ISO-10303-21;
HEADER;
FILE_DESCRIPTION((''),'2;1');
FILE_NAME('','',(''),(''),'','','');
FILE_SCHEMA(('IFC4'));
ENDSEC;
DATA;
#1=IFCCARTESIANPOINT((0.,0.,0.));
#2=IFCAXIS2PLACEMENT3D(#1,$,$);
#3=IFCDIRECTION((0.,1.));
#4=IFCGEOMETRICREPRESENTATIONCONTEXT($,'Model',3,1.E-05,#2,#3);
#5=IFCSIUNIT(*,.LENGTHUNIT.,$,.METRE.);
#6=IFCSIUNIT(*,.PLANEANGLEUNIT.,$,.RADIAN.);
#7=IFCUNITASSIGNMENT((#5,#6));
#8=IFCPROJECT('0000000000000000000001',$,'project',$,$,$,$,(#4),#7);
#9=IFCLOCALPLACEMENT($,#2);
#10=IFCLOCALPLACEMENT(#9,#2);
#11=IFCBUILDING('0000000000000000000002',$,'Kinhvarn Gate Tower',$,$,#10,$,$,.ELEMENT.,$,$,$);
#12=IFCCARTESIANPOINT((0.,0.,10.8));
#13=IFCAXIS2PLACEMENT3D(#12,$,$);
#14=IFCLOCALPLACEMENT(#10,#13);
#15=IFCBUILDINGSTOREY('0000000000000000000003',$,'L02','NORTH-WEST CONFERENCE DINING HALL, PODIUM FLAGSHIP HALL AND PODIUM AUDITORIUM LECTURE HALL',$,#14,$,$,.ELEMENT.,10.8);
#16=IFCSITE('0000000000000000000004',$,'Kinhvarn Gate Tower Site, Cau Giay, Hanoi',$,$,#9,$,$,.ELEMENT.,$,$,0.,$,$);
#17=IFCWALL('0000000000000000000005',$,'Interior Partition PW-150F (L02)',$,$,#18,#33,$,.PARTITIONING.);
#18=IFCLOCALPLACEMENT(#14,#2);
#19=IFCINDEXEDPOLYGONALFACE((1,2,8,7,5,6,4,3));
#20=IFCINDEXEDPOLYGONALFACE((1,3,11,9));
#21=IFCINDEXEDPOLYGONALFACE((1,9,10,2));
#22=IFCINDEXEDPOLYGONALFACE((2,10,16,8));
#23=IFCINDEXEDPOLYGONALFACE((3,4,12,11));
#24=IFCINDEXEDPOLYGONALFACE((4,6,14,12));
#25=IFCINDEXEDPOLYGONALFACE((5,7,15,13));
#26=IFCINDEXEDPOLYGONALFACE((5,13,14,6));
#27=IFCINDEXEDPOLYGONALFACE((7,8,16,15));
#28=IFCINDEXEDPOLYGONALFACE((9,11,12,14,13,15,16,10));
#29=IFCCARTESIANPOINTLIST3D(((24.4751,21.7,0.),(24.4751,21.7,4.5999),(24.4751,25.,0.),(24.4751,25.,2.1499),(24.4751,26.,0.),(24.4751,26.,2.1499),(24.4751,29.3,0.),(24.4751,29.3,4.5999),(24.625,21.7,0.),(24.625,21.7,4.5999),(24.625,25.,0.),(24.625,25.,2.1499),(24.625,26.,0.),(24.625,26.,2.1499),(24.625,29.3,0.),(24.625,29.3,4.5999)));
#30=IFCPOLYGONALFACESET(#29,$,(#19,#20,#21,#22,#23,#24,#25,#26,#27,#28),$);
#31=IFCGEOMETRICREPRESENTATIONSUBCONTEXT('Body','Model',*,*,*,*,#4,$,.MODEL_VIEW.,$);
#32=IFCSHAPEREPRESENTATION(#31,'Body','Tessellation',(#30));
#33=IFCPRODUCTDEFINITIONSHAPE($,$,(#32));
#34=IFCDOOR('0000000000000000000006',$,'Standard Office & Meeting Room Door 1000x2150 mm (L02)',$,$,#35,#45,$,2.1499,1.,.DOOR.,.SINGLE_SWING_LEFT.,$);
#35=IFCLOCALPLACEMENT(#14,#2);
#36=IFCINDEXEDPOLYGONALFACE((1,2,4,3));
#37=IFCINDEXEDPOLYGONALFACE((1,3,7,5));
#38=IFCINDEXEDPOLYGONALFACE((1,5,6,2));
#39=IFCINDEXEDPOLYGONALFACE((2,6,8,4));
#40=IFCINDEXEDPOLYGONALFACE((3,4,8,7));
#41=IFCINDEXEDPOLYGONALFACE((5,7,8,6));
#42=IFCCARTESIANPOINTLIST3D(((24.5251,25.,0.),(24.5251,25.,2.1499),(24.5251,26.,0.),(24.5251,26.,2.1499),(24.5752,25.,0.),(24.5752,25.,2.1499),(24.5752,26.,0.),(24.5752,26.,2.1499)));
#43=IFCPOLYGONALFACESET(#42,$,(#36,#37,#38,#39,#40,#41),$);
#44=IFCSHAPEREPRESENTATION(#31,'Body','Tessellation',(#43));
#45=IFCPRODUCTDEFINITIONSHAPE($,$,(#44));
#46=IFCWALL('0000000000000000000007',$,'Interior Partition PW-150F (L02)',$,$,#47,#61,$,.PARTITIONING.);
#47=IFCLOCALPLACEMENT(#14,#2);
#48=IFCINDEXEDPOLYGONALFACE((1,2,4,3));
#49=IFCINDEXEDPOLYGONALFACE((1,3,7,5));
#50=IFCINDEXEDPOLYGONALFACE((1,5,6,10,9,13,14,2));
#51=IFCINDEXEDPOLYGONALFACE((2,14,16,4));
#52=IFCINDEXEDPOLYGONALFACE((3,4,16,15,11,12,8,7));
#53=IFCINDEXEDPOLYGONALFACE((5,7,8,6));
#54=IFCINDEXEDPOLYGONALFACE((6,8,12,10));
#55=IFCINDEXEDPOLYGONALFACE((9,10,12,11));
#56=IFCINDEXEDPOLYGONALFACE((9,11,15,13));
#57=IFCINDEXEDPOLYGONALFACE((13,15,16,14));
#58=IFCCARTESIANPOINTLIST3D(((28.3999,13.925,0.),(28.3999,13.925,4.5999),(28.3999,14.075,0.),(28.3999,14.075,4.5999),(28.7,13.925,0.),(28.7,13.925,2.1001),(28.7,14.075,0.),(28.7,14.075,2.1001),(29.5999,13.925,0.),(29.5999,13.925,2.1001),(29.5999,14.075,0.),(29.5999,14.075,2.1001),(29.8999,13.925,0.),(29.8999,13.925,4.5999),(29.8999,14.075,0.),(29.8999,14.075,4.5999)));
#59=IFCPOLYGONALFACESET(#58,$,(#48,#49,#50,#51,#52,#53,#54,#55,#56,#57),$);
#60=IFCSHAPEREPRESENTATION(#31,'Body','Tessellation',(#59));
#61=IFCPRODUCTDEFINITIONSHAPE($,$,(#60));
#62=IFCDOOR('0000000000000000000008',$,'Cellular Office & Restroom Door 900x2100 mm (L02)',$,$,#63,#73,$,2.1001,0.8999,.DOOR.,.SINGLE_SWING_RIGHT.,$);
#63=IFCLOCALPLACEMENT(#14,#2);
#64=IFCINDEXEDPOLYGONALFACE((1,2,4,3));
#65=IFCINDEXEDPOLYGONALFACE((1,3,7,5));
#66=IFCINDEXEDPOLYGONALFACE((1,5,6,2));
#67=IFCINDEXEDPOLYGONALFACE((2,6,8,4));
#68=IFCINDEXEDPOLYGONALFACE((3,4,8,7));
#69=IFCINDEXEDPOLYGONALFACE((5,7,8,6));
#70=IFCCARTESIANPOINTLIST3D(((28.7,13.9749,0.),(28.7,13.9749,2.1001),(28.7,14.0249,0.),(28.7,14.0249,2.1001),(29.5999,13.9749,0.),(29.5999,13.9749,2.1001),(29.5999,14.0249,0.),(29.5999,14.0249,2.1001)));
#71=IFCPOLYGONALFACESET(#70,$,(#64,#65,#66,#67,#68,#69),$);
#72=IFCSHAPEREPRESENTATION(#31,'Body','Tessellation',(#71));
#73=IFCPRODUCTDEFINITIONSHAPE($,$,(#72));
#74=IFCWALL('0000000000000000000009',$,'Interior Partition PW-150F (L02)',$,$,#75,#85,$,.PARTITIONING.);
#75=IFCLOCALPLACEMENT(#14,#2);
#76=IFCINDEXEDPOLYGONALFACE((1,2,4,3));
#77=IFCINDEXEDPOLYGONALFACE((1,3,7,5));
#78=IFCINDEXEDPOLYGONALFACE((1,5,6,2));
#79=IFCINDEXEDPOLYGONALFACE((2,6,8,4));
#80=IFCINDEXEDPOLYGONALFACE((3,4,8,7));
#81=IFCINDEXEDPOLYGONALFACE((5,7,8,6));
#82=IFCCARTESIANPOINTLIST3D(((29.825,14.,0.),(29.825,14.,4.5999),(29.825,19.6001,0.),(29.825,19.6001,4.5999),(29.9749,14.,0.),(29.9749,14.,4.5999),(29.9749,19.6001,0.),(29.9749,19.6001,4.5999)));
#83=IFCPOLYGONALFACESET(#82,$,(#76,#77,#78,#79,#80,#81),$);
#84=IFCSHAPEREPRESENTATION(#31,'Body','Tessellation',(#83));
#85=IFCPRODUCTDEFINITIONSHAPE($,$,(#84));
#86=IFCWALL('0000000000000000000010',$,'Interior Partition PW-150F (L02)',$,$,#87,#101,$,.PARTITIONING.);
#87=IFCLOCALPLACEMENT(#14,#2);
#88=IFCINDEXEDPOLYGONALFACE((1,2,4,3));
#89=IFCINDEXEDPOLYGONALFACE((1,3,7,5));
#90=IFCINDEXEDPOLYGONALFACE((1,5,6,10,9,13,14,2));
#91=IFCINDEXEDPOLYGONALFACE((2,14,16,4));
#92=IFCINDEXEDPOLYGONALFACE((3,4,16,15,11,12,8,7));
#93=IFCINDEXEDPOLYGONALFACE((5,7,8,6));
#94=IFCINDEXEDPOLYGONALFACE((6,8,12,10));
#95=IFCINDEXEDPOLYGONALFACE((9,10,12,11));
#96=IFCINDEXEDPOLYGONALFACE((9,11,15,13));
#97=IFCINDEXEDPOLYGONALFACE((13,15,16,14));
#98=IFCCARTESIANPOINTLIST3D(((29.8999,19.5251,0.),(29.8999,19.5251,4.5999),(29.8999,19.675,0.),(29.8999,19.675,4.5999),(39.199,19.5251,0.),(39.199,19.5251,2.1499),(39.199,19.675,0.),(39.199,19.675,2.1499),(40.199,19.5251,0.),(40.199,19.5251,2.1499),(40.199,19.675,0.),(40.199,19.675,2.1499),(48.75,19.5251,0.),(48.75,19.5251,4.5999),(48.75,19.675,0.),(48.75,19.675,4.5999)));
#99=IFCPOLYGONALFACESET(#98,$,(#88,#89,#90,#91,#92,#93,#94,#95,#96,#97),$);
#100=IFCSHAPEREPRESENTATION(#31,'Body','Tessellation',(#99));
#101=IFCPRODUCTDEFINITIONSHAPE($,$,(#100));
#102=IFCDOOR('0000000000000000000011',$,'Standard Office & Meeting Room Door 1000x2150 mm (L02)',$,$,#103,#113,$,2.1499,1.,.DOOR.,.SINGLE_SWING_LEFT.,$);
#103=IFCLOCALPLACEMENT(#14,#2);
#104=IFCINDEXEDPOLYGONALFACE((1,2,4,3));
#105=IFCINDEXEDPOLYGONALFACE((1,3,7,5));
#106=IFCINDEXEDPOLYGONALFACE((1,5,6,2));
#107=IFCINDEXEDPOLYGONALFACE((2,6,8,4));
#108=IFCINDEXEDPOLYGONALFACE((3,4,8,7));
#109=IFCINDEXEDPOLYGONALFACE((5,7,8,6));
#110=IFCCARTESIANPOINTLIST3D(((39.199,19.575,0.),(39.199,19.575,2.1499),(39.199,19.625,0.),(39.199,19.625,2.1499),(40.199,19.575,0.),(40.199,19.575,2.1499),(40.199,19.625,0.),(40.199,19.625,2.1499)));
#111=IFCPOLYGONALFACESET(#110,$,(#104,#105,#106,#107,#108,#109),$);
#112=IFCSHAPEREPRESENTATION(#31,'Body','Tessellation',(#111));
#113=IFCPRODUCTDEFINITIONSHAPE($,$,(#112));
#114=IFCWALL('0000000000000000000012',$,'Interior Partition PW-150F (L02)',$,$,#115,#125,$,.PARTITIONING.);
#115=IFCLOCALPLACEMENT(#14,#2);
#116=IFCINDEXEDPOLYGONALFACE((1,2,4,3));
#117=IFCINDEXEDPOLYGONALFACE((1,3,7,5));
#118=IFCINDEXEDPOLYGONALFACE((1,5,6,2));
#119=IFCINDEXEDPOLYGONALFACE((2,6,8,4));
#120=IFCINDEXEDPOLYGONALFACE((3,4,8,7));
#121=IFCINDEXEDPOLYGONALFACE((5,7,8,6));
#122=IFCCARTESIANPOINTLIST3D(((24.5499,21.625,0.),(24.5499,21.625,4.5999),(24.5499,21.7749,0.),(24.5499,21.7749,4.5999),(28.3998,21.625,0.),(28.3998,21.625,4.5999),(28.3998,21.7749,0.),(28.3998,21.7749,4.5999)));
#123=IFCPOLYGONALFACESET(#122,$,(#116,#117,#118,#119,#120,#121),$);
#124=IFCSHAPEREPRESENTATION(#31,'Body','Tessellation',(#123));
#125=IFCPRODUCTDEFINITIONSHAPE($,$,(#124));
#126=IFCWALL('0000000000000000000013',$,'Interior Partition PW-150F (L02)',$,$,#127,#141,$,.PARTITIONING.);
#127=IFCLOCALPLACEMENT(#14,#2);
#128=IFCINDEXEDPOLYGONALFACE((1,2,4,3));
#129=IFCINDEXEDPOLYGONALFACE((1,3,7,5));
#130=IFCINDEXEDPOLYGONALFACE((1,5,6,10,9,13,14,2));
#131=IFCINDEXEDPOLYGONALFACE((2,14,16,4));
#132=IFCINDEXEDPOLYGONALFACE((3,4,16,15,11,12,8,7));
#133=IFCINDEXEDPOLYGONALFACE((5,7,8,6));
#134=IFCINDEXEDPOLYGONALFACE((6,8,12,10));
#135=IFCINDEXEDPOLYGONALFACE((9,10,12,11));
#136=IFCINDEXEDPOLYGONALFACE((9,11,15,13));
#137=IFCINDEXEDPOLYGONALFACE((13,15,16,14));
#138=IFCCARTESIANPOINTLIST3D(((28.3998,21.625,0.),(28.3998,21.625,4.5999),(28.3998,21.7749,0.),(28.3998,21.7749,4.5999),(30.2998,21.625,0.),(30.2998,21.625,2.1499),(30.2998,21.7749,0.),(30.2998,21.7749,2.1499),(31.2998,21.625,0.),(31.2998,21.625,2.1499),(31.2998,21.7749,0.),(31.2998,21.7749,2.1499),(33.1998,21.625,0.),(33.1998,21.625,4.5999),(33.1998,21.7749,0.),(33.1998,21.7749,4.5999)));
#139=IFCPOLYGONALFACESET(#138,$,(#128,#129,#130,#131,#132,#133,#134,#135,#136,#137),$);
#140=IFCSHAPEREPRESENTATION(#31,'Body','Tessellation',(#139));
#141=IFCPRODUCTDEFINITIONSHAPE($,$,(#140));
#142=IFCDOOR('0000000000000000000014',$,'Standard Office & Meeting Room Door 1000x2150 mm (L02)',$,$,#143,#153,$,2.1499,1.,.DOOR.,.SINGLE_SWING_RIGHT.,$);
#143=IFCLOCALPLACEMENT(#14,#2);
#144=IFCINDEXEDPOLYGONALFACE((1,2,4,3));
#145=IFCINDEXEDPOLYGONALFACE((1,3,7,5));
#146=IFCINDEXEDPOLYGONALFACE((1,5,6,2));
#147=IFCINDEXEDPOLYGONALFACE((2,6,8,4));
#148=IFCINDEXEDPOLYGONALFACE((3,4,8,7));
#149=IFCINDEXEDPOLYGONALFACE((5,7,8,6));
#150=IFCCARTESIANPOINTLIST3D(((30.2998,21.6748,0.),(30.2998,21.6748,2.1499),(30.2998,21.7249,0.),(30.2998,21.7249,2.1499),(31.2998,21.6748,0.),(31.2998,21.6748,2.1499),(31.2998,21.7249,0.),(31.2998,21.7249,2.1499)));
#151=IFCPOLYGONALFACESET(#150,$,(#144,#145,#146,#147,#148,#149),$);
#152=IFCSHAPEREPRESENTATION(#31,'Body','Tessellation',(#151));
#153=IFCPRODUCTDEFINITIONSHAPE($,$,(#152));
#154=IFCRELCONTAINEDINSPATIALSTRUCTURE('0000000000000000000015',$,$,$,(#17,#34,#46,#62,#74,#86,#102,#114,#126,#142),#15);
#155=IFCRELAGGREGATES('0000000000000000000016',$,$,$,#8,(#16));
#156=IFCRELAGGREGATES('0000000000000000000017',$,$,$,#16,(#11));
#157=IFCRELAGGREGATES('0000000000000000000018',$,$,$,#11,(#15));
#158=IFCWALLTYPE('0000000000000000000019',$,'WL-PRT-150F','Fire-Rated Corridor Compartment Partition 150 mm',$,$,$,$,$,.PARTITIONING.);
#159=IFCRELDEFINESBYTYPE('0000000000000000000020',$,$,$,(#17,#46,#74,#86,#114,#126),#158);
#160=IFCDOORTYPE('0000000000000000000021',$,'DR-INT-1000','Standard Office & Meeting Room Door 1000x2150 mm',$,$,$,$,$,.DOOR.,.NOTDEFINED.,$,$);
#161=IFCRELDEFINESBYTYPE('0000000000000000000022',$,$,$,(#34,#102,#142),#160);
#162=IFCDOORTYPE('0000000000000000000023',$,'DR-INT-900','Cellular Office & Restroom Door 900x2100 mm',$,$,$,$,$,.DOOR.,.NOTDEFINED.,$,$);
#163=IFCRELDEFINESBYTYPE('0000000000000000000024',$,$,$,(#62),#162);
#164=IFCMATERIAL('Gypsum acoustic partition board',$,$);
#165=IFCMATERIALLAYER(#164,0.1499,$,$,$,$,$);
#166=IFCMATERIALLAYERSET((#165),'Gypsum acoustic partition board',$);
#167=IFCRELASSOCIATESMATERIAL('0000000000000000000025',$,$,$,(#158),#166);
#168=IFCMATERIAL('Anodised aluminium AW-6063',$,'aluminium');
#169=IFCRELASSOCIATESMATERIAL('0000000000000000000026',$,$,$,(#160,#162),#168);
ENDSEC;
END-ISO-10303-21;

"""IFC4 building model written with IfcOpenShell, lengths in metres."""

from ifc_helpers import new_model, si_unit, direction, frame, frame_2d, origin, place, context, subcontext, project, spatial, rectangle, extrude, material, layer, layer_set, type_object, element, fill, save


model = new_model("IFC4")

# Units and contexts
model_context = context("Model", 3, precision=1e-05, world=origin(), true_north=direction((0.0, 1.0)))
body_context = subcontext(model_context, "Body", "Model", "MODEL_VIEW")
ifc_project = project(units=[si_unit("LENGTHUNIT", "METRE"), si_unit("PLANEANGLEUNIT", "RADIAN")], contexts=[model_context])

# Site, building, storey
site_placement = place(None, origin())
site = spatial("IfcSite", under=ifc_project, at=site_placement, Name="Kinhvarn Gate Tower Site, Cau Giay, Hanoi", CompositionType="ELEMENT", RefElevation=0.0)
building_placement = place(site_placement, origin())
building = spatial("IfcBuilding", under=site, at=building_placement, Name="Kinhvarn Gate Tower", CompositionType="ELEMENT")
storey_placement = place(building_placement, frame((0.0, 0.0, 10.8)))
storey = spatial("IfcBuildingStorey", under=building, at=storey_placement, Name="L02", Description="NORTH-WEST CONFERENCE DINING HALL, PODIUM FLAGSHIP HALL AND PODIUM AUDITORIUM LECTURE HALL", CompositionType="ELEMENT", Elevation=10.8)

# Shared definitions
ifc_material_1 = material(Name="Anodised aluminium AW-6063", Category="aluminium")

# Shared definitions
ifc_material_2 = material(Name="Gypsum acoustic partition board")

# Walls, openings, doors
ifc_layer_1 = layer(ifc_material_2, 0.1499)
ifc_layer_set_1 = layer_set([ifc_layer_1], Name="Gypsum acoustic partition board")
wall_type_1 = type_object("IfcWallType", Name="WL-PRT-150F", Description="Fire-Rated Corridor Compartment Partition 150 mm", PredefinedType="PARTITIONING", material=ifc_layer_set_1)
wall_1_placement = place(storey_placement, frame((24.55, 21.7, 0.0), z_axis=(0.0, 0.0, 1.0), x_axis=(0.0, 1.0, 0.0)))
wall_1 = element("IfcWall", 1, at=wall_1_placement, inside=storey, type_object=wall_type_1, Name="Interior Partition PW-150F (L02)", PredefinedType="PARTITIONING", context=body_context, shape_type="SweptSolid", body=[
    extrude(rectangle(XDim=7.6001, YDim=0.1499, at=frame_2d((3.8, 0.0))), origin(), (0.0, 0.0, 1.0), 4.5999),
])
opening_1_placement = place(wall_1_placement, frame((3.3, 0.0, 0.0)))
opening_1 = element("IfcOpeningElement", 2, at=opening_1_placement, cuts=wall_1, PredefinedType="OPENING", context=body_context, shape_type="SweptSolid", body=[
    extrude(rectangle(XDim=1.0, YDim=2.1499, at=frame_2d((0.5, 1.075))), frame((0.0, 0.085, 0.0), z_axis=(0.0, -1.0, 0.0), x_axis=(1.0, 0.0, 0.0)), (0.0, 0.0, 1.0), 0.1699),
])
door_type_1 = type_object("IfcDoorType", Name="DR-INT-1000", Description="Standard Office & Meeting Room Door 1000x2150 mm", OperationType="NOTDEFINED", PredefinedType="DOOR", material=ifc_material_1)
door_1_placement = place(opening_1_placement, origin())
door_1 = element("IfcDoor", 3, at=door_1_placement, inside=storey, type_object=door_type_1, Name="Standard Office & Meeting Room Door 1000x2150 mm (L02)", OperationType="SINGLE_SWING_LEFT", OverallHeight=2.1499, OverallWidth=1.0, PredefinedType="DOOR", context=body_context, shape_type="SweptSolid", body=[
    extrude(rectangle(XDim=1.0, YDim=2.1499, at=frame_2d((0.5, 1.075))), frame((0.0, 0.0249, 0.0), z_axis=(0.0, -1.0, 0.0), x_axis=(1.0, 0.0, 0.0)), (0.0, 0.0, 1.0), 0.05),
])
fill(opening_1, door_1)
wall_2_placement = place(storey_placement, frame((28.3999, 14.0, 0.0), z_axis=(0.0, 0.0, 1.0), x_axis=(1.0, 0.0, 0.0)))
wall_2 = element("IfcWall", 4, at=wall_2_placement, inside=storey, type_object=wall_type_1, Name="Interior Partition PW-150F (L02)", PredefinedType="PARTITIONING", context=body_context, shape_type="SweptSolid", body=[
    extrude(rectangle(XDim=1.5, YDim=0.1499, at=frame_2d((0.75, 0.0))), origin(), (0.0, 0.0, 1.0), 4.5999),
])
opening_2_placement = place(wall_2_placement, frame((0.3, 0.0, 0.0)))
opening_2 = element("IfcOpeningElement", 5, at=opening_2_placement, cuts=wall_2, PredefinedType="OPENING", context=body_context, shape_type="SweptSolid", body=[
    extrude(rectangle(XDim=0.8999, YDim=2.1001, at=frame_2d((0.45, 1.05))), frame((0.0, 0.085, 0.0), z_axis=(0.0, -1.0, 0.0), x_axis=(1.0, 0.0, 0.0)), (0.0, 0.0, 1.0), 0.1699),
])
door_type_2 = type_object("IfcDoorType", Name="DR-INT-900", Description="Cellular Office & Restroom Door 900x2100 mm", OperationType="NOTDEFINED", PredefinedType="DOOR", material=ifc_material_1)
door_2_placement = place(opening_2_placement, origin())
door_2 = element("IfcDoor", 6, at=door_2_placement, inside=storey, type_object=door_type_2, Name="Cellular Office & Restroom Door 900x2100 mm (L02)", OperationType="SINGLE_SWING_RIGHT", OverallHeight=2.1001, OverallWidth=0.8999, PredefinedType="DOOR", context=body_context, shape_type="SweptSolid", body=[
    extrude(rectangle(XDim=0.8999, YDim=2.1001, at=frame_2d((0.45, 1.05))), frame((0.0, 0.0249, 0.0), z_axis=(0.0, -1.0, 0.0), x_axis=(1.0, 0.0, 0.0)), (0.0, 0.0, 1.0), 0.05),
])
fill(opening_2, door_2)

# Wall
wall_3_placement = place(storey_placement, frame((29.8999, 14.0, 0.0), z_axis=(0.0, 0.0, 1.0), x_axis=(0.0, 1.0, 0.0)))
element("IfcWall", 7, at=wall_3_placement, inside=storey, type_object=wall_type_1, Name="Interior Partition PW-150F (L02)", PredefinedType="PARTITIONING", context=body_context, shape_type="SweptSolid", body=[
    extrude(rectangle(XDim=5.6001, YDim=0.1499, at=frame_2d((2.8, 0.0))), origin(), (0.0, 0.0, 1.0), 4.5999),
])

# Wall, opening, door
wall_4_placement = place(storey_placement, frame((29.8999, 19.6001, 0.0), z_axis=(0.0, 0.0, 1.0), x_axis=(1.0, 0.0, 0.0)))
wall_4 = element("IfcWall", 8, at=wall_4_placement, inside=storey, type_object=wall_type_1, Name="Interior Partition PW-150F (L02)", PredefinedType="PARTITIONING", context=body_context, shape_type="SweptSolid", body=[
    extrude(rectangle(XDim=18.8501, YDim=0.1499, at=frame_2d((9.425, 0.0))), origin(), (0.0, 0.0, 1.0), 4.5999),
])
opening_3_placement = place(wall_4_placement, frame((9.2991, 0.0, 0.0)))
opening_3 = element("IfcOpeningElement", 9, at=opening_3_placement, cuts=wall_4, PredefinedType="OPENING", context=body_context, shape_type="SweptSolid", body=[
    extrude(rectangle(XDim=1.0, YDim=2.1499, at=frame_2d((0.5, 1.075))), frame((0.0, 0.085, 0.0), z_axis=(0.0, -1.0, 0.0), x_axis=(1.0, 0.0, 0.0)), (0.0, 0.0, 1.0), 0.1699),
])
door_3_placement = place(opening_3_placement, origin())
door_3 = element("IfcDoor", 10, at=door_3_placement, inside=storey, type_object=door_type_1, Name="Standard Office & Meeting Room Door 1000x2150 mm (L02)", OperationType="SINGLE_SWING_LEFT", OverallHeight=2.1499, OverallWidth=1.0, PredefinedType="DOOR", context=body_context, shape_type="SweptSolid", body=[
    extrude(rectangle(XDim=1.0, YDim=2.1499, at=frame_2d((0.5, 1.075))), frame((0.0, 0.0249, 0.0), z_axis=(0.0, -1.0, 0.0), x_axis=(1.0, 0.0, 0.0)), (0.0, 0.0, 1.0), 0.05),
])
fill(opening_3, door_3)

# Wall
wall_5_placement = place(storey_placement, frame((24.55, 21.7, 0.0), z_axis=(0.0, 0.0, 1.0), x_axis=(1.0, 0.0, 0.0)))
element("IfcWall", 11, at=wall_5_placement, inside=storey, type_object=wall_type_1, Name="Interior Partition PW-150F (L02)", PredefinedType="PARTITIONING", context=body_context, shape_type="SweptSolid", body=[
    extrude(rectangle(XDim=3.8499, YDim=0.1499, at=frame_2d((1.9248, 0.0))), origin(), (0.0, 0.0, 1.0), 4.5999),
])

# Wall, opening, door
wall_6_placement = place(storey_placement, frame((28.3999, 21.7, 0.0), z_axis=(0.0, 0.0, 1.0), x_axis=(1.0, 0.0, 0.0)))
wall_6 = element("IfcWall", 12, at=wall_6_placement, inside=storey, type_object=wall_type_1, Name="Interior Partition PW-150F (L02)", PredefinedType="PARTITIONING", context=body_context, shape_type="SweptSolid", body=[
    extrude(rectangle(XDim=4.8, YDim=0.1499, at=frame_2d((2.3999, 0.0))), origin(), (0.0, 0.0, 1.0), 4.5999),
])
opening_4_placement = place(wall_6_placement, frame((1.8999, 0.0, 0.0)))
opening_4 = element("IfcOpeningElement", 13, at=opening_4_placement, cuts=wall_6, PredefinedType="OPENING", context=body_context, shape_type="SweptSolid", body=[
    extrude(rectangle(XDim=1.0, YDim=2.1499, at=frame_2d((0.5, 1.075))), frame((0.0, 0.085, 0.0), z_axis=(0.0, -1.0, 0.0), x_axis=(1.0, 0.0, 0.0)), (0.0, 0.0, 1.0), 0.1699),
])
door_4_placement = place(opening_4_placement, origin())
door_4 = element("IfcDoor", 14, at=door_4_placement, inside=storey, type_object=door_type_1, Name="Standard Office & Meeting Room Door 1000x2150 mm (L02)", OperationType="SINGLE_SWING_RIGHT", OverallHeight=2.1499, OverallWidth=1.0, PredefinedType="DOOR", context=body_context, shape_type="SweptSolid", body=[
    extrude(rectangle(XDim=1.0, YDim=2.1499, at=frame_2d((0.5, 1.075))), frame((0.0, 0.0249, 0.0), z_axis=(0.0, -1.0, 0.0), x_axis=(1.0, 0.0, 0.0)), (0.0, 0.0, 1.0), 0.05),
])
fill(opening_4, door_4)

save(model, "model.ifc")
